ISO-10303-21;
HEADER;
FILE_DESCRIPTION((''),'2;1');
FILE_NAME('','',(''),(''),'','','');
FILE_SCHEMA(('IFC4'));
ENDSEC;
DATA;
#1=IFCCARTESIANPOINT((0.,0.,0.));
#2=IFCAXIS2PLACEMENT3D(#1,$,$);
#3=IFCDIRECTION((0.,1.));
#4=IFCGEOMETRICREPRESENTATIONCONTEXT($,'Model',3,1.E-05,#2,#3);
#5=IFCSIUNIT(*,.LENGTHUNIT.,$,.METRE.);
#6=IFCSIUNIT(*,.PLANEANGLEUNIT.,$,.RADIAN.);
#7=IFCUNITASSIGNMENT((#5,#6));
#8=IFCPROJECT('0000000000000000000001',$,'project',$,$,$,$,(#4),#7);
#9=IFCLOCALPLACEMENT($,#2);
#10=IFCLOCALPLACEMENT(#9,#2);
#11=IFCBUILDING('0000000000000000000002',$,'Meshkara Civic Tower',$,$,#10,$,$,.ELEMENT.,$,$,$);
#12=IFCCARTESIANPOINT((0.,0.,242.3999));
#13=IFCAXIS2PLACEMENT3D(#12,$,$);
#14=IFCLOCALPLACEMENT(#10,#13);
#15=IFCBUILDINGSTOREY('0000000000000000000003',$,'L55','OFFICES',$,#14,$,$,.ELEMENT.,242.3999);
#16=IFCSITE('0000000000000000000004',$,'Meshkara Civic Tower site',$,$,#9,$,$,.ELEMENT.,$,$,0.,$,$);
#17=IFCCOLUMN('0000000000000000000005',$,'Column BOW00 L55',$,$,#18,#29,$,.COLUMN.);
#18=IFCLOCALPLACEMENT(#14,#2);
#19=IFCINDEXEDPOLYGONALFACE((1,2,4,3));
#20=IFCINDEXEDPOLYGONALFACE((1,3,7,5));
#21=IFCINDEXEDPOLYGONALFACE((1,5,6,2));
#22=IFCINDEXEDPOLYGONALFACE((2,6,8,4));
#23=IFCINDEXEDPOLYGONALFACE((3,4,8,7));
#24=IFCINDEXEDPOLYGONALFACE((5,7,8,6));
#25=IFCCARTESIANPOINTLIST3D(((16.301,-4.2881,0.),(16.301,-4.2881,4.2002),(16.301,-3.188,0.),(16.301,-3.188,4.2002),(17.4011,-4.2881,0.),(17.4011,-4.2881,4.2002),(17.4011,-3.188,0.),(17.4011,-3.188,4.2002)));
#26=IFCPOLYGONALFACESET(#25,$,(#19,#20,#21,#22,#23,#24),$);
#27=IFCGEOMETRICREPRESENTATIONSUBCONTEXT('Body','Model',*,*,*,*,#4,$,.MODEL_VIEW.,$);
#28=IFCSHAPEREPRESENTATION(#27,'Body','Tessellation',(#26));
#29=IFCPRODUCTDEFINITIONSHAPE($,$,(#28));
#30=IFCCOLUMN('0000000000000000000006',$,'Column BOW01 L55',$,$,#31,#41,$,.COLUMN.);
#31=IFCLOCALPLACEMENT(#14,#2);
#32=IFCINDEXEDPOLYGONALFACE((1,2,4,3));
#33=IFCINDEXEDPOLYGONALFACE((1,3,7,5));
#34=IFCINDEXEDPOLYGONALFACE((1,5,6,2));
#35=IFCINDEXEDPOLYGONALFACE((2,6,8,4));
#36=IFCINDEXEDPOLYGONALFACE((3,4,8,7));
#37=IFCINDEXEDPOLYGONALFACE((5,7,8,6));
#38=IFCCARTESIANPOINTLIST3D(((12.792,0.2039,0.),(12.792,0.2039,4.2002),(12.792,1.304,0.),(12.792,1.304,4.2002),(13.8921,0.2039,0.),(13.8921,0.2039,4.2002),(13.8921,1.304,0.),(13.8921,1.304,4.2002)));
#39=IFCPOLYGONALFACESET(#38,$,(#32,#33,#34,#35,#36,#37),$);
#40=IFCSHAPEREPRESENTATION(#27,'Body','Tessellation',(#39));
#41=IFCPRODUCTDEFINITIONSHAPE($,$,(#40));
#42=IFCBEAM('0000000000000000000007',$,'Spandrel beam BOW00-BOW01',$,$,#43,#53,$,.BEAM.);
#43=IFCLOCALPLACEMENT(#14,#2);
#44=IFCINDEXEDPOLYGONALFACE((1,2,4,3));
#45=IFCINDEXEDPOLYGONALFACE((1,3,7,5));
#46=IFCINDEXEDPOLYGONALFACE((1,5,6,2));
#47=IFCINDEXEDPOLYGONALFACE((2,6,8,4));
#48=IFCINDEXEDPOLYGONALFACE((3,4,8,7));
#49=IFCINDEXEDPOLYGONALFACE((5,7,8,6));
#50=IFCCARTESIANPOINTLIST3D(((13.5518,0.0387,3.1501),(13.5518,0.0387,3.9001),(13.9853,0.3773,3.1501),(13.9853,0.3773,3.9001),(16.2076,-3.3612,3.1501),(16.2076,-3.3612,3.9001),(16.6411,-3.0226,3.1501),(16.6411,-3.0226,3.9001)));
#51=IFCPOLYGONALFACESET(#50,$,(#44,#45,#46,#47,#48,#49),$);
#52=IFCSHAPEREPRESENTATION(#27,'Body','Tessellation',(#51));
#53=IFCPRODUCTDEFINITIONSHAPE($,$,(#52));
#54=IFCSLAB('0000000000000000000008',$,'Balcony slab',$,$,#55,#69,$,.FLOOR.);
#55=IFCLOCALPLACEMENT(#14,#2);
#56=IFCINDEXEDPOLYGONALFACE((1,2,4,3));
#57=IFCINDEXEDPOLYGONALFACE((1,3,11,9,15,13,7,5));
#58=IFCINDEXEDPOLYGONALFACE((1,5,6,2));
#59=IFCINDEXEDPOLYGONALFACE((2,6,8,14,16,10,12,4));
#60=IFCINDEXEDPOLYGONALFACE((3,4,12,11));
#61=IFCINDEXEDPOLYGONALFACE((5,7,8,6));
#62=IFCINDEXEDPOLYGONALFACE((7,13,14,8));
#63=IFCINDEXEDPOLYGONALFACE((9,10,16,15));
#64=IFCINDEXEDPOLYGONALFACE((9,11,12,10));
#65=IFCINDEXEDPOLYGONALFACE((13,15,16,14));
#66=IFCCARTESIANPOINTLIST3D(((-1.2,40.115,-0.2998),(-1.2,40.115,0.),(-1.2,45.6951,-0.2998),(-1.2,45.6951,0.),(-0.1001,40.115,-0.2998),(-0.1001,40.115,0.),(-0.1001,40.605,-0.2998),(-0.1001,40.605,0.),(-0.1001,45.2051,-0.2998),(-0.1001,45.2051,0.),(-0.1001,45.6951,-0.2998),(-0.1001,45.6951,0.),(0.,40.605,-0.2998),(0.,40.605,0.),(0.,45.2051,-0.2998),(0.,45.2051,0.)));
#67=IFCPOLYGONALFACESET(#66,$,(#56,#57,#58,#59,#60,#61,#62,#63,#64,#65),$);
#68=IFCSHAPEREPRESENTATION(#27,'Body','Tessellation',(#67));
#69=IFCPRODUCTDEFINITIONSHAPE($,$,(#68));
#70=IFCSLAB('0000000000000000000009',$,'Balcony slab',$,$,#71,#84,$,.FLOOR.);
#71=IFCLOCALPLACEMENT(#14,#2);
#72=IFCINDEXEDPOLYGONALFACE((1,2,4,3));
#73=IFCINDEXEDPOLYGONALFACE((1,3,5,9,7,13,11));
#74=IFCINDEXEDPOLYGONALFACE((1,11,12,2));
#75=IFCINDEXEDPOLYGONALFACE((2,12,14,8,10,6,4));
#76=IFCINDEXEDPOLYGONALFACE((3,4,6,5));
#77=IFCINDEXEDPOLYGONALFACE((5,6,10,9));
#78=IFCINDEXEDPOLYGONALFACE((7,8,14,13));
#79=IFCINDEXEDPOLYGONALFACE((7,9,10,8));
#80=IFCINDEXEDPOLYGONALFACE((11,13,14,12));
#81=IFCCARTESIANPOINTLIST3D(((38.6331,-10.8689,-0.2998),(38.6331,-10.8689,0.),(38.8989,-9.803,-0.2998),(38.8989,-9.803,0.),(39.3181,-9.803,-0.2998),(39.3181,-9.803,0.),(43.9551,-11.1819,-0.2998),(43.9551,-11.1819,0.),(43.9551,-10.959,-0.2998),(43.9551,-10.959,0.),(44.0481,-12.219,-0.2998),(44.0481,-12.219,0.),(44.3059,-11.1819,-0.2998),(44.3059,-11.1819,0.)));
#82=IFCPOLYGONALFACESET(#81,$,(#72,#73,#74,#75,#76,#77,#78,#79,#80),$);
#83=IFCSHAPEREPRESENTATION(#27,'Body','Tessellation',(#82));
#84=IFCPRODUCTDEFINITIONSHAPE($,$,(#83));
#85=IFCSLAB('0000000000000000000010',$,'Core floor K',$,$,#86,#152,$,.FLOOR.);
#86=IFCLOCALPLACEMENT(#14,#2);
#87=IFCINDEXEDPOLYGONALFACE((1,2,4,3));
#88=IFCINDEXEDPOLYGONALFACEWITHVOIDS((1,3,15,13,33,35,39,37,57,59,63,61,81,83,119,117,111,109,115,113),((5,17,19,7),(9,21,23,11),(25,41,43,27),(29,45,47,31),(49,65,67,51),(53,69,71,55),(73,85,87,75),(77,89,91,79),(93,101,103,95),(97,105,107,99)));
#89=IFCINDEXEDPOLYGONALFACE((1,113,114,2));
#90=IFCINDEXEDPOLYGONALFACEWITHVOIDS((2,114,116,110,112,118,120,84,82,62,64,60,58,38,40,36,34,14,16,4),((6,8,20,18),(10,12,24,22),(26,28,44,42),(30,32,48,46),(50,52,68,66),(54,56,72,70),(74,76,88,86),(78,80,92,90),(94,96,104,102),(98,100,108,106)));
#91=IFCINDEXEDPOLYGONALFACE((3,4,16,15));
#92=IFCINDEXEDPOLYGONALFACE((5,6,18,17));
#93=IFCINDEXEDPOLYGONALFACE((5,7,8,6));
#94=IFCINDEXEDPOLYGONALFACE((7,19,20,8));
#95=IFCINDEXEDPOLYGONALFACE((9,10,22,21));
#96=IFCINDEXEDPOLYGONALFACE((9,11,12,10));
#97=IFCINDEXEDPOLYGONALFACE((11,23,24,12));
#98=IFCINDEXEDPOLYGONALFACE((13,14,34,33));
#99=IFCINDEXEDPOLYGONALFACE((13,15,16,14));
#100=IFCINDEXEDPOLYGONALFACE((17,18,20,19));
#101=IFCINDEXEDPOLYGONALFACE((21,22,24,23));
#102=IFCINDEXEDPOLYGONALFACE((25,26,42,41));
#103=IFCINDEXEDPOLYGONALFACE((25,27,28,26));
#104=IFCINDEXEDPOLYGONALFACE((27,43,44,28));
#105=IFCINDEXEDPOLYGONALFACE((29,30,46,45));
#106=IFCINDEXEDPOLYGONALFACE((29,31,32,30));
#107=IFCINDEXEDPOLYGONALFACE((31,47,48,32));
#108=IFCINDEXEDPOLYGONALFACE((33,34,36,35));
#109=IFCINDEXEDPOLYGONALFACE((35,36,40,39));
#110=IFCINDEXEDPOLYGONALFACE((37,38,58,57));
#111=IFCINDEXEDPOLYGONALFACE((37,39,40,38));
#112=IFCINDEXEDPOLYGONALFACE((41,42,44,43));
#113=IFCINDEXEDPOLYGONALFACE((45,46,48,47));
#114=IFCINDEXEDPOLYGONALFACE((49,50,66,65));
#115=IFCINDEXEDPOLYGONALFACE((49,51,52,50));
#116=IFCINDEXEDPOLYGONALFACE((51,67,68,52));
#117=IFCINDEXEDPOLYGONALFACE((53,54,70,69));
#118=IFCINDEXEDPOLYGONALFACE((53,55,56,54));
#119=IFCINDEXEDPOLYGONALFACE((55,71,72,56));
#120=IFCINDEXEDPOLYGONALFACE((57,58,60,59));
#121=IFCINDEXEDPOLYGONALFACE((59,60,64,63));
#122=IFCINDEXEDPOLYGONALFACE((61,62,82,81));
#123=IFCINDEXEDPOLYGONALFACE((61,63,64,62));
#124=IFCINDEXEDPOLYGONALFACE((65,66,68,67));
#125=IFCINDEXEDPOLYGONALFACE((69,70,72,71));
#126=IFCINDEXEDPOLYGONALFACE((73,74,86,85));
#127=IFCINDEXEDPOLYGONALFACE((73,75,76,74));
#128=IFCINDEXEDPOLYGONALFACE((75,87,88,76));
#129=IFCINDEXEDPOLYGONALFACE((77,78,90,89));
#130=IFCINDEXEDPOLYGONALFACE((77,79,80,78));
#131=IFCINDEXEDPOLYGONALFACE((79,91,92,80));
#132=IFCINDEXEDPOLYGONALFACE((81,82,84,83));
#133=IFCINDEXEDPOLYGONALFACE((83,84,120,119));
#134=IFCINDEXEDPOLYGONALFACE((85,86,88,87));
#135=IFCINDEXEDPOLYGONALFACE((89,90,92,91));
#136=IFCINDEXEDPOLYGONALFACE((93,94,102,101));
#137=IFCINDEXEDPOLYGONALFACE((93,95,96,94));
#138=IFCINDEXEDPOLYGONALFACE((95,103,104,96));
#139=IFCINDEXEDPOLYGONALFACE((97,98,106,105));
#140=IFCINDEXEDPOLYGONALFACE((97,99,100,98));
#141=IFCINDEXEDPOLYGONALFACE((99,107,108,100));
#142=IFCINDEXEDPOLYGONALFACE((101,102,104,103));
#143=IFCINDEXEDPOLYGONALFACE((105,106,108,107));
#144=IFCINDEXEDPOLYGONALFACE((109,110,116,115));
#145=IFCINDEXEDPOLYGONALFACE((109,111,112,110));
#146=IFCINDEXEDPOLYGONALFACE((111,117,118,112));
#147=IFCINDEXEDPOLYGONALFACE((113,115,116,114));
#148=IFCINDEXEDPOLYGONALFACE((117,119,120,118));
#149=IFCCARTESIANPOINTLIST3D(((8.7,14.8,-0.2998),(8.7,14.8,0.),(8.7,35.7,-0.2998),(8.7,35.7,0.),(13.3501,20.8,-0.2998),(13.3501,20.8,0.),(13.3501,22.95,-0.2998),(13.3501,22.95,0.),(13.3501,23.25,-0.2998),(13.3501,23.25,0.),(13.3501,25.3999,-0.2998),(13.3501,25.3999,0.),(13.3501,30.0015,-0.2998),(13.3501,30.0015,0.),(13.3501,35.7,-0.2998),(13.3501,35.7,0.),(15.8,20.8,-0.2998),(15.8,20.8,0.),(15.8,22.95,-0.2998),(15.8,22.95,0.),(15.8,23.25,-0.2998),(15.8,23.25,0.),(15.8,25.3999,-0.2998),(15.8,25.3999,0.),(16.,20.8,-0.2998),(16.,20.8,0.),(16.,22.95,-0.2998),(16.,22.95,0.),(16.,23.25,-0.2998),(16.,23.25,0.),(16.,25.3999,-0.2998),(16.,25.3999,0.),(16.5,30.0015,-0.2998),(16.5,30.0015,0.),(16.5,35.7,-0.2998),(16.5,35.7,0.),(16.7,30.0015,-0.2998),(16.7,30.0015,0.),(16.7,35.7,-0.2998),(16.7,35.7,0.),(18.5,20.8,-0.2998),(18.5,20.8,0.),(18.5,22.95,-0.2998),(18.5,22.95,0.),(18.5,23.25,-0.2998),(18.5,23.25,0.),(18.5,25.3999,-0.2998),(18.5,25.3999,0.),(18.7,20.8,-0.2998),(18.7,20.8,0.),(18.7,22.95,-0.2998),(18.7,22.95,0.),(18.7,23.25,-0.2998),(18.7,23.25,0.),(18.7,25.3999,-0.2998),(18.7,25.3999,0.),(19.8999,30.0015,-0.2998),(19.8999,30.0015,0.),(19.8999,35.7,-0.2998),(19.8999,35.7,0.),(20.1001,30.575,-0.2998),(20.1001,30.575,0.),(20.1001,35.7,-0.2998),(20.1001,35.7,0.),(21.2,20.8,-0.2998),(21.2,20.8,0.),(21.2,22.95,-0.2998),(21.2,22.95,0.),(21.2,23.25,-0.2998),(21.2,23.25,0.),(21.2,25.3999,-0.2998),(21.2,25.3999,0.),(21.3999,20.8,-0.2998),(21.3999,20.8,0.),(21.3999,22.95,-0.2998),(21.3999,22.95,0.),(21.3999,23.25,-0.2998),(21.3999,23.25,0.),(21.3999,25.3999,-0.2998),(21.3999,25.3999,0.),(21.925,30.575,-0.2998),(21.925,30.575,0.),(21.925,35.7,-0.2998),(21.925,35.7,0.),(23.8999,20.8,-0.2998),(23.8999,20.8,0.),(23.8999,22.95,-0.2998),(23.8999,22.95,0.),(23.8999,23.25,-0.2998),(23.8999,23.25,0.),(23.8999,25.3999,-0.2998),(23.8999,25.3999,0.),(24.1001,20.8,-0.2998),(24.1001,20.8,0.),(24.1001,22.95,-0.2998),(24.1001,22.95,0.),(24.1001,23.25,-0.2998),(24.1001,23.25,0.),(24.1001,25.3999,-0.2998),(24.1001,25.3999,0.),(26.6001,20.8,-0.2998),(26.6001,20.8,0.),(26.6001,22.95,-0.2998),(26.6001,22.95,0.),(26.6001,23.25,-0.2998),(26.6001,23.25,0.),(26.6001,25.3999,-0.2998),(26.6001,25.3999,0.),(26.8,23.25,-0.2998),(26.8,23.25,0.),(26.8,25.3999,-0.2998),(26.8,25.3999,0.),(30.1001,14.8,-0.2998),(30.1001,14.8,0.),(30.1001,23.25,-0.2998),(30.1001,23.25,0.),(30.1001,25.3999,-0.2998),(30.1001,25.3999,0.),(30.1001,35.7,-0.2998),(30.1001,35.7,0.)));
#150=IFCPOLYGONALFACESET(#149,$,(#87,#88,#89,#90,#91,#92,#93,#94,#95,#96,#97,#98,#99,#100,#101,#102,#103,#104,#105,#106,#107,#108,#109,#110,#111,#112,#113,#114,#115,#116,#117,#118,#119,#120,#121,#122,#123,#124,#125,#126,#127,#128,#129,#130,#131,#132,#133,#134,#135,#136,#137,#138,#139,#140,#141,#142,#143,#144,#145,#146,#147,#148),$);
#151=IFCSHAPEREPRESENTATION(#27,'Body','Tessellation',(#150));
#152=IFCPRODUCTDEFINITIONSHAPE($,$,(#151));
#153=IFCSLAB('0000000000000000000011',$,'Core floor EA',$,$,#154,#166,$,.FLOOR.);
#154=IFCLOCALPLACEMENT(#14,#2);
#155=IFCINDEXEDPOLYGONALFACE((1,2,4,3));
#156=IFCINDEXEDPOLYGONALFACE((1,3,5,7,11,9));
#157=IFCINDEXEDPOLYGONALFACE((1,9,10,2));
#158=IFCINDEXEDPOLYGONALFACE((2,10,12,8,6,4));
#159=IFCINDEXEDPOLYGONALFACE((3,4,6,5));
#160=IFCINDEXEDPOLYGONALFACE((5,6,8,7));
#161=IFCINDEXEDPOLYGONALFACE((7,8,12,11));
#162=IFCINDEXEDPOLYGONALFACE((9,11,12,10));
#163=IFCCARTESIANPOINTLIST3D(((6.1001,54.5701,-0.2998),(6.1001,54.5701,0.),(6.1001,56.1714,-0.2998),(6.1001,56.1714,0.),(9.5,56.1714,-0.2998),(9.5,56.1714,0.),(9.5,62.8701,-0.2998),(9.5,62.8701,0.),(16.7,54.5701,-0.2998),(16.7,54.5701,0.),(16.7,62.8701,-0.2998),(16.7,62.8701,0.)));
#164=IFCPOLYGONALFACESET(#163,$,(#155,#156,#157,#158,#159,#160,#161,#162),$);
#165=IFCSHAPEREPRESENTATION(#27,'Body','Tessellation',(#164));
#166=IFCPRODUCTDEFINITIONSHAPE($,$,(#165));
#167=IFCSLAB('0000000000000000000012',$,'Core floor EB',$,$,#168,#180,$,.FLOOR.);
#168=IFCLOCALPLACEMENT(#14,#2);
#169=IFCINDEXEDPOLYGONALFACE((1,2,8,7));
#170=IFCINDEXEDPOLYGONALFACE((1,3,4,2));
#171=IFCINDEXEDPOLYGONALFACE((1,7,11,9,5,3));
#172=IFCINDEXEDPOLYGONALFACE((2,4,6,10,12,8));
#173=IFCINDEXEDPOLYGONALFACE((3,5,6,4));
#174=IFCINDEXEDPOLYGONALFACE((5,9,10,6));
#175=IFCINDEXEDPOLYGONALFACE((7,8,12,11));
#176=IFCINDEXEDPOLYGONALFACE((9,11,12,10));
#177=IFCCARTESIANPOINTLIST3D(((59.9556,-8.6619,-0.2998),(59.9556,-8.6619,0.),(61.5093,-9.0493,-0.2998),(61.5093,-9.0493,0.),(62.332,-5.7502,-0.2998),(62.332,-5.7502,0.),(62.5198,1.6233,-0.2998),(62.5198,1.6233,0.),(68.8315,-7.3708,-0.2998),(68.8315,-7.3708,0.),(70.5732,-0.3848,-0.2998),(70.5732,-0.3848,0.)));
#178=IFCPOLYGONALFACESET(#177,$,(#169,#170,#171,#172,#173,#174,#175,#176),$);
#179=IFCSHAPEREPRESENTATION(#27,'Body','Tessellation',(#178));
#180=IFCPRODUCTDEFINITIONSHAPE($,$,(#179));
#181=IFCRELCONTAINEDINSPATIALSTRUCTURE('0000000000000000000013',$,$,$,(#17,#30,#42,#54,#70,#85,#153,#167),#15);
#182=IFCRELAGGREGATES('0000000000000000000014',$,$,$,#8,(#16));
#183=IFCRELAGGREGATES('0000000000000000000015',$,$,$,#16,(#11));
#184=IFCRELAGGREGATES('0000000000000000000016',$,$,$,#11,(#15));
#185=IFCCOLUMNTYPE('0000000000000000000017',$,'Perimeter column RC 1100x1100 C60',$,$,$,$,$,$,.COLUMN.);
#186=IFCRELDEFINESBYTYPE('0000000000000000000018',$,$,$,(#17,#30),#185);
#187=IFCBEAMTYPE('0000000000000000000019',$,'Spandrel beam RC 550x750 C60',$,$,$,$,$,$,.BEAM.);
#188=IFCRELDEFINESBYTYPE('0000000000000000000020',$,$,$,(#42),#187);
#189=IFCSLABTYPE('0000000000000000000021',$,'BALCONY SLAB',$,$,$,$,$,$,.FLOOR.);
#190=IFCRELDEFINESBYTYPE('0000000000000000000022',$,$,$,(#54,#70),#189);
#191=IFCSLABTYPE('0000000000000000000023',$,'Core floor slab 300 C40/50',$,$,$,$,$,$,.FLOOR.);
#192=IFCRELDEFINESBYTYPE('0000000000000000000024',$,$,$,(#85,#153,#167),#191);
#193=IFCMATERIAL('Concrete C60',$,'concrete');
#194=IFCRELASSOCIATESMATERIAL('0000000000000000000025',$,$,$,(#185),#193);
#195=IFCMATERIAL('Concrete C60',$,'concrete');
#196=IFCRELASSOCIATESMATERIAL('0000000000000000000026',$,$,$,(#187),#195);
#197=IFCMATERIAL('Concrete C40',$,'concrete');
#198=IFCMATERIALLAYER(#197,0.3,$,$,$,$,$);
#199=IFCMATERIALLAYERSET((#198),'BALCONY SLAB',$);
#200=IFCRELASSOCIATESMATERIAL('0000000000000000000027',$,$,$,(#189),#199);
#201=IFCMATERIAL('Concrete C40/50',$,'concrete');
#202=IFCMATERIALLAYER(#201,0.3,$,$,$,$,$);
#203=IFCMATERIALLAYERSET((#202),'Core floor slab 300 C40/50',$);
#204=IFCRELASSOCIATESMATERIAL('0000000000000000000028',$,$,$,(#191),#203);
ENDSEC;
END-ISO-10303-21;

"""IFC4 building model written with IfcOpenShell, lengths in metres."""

from ifc_helpers import new_model, si_unit, direction, frame, origin, origin_2d, place, context, subcontext, project, spatial, polyline, rectangle, outline, extrude, material, layer, layer_set, material_profile, profile_set, type_object, element, save


model = new_model("IFC4")

# Units and contexts
model_context = context("Model", 3, precision=1e-05, world=origin(), true_north=direction((0.0, 1.0)))
body_context = subcontext(model_context, "Body", "Model", "MODEL_VIEW")
ifc_project = project(units=[si_unit("LENGTHUNIT", "METRE"), si_unit("PLANEANGLEUNIT", "RADIAN")], contexts=[model_context])

# Site, building, storey
site_placement = place(None, origin())
site = spatial("IfcSite", under=ifc_project, at=site_placement, Name="Meshkara Civic Tower site", CompositionType="ELEMENT", RefElevation=0.0)
building_placement = place(site_placement, origin())
building = spatial("IfcBuilding", under=site, at=building_placement, Name="Meshkara Civic Tower", CompositionType="ELEMENT")
storey_placement = place(building_placement, frame((0.0, 0.0, 242.3999)))
storey = spatial("IfcBuildingStorey", under=building, at=storey_placement, Name="L55", Description="OFFICES", CompositionType="ELEMENT", Elevation=242.3999)

# Columns
ifc_material_1 = material(Name="Concrete C60", Category="concrete")
ifc_material_profile_1 = material_profile(ifc_material_1, rectangle(XDim=1.1001, YDim=1.1001, at=origin_2d()))
ifc_profile_set_1 = profile_set([ifc_material_profile_1], Name="Concrete C60")
column_type = type_object("IfcColumnType", Name="Perimeter column RC 1100x1100 C60", PredefinedType="COLUMN", material=ifc_profile_set_1)
for number, where, z_axis, x_axis, name in (
    (1, (16.8511, -3.738, 0.0), (0.0, 0.0, 1.0), (1.0, 0.0, 0.0), "Column BOW00 L55"),
    (2, (13.342, 0.7539, 0.0), (0.0, 0.0, 1.0), (1.0, 0.0, 0.0), "Column BOW01 L55"),
):
    element("IfcColumn", number, at=place(storey_placement, frame(where, z_axis=z_axis, x_axis=x_axis)), inside=storey, type_object=column_type, Name=name, PredefinedType="COLUMN", context=body_context, shape_type="SweptSolid", body=[
        extrude(rectangle(XDim=1.1001, YDim=1.1001, at=origin_2d()), origin(), (0.0, 0.0, 1.0), 4.2002),
    ])

# Beam
ifc_material_2 = material(Name="Concrete C60", Category="concrete")
ifc_material_profile_2 = material_profile(ifc_material_2, rectangle(XDim=0.55, YDim=0.75, at=origin_2d()))
ifc_profile_set_2 = profile_set([ifc_material_profile_2], Name="Concrete C60")
beam_type = type_object("IfcBeamType", Name="Spandrel beam RC 550x750 C60", PredefinedType="BEAM", material=ifc_profile_set_2)
beam_placement = place(storey_placement, frame((13.7686, 0.208, 3.5251), z_axis=(0.615585, -0.788071, 0.0), x_axis=(0.788071, 0.615585, 0.0)))
element("IfcBeam", 3, at=beam_placement, inside=storey, type_object=beam_type, Name="Spandrel beam BOW00-BOW01", PredefinedType="BEAM", context=body_context, shape_type="SweptSolid", body=[
    extrude(rectangle(XDim=0.55, YDim=0.75, at=origin_2d()), origin(), (0.0, 0.0, 1.0), 4.3142),
])

# Slabs
ifc_material_3 = material(Name="Concrete C40", Category="concrete")
ifc_layer_1 = layer(ifc_material_3, 0.3)
ifc_layer_set_1 = layer_set([ifc_layer_1], Name="BALCONY SLAB")
slab_type_1 = type_object("IfcSlabType", Name="BALCONY SLAB", PredefinedType="FLOOR", material=ifc_layer_set_1)
slab_1_placement = place(storey_placement, frame((0.0, 0.0, -0.2998)))
element("IfcSlab", 4, at=slab_1_placement, inside=storey, type_object=slab_type_1, Name="Balcony slab", PredefinedType="FLOOR", context=body_context, shape_type="SweptSolid", body=[
    extrude(outline(polyline([(-1.2, 40.115), (-1.2, 45.6951), (-0.1001, 45.6951), (-0.1001, 45.2051), (0.0, 45.2051), (0.0, 40.605), (-0.1001, 40.605), (-0.1001, 40.115), (-1.2, 40.115)])), origin(), (0.0, 0.0, 1.0), 0.2998),
])
slab_2_placement = place(storey_placement, frame((0.0, 0.0, -0.2998)))
element("IfcSlab", 5, at=slab_2_placement, inside=storey, type_object=slab_type_1, Name="Balcony slab", PredefinedType="FLOOR", context=body_context, shape_type="SweptSolid", body=[
    extrude(outline(polyline([(44.0481, -12.219), (38.6331, -10.8689), (38.8989, -9.803), (39.3181, -9.803), (43.9551, -10.959), (43.9551, -11.1819), (44.3059, -11.1819), (44.0481, -12.219)])), origin(), (0.0, 0.0, 1.0), 0.2998),
])
ifc_material_4 = material(Name="Concrete C40/50", Category="concrete")
ifc_layer_2 = layer(ifc_material_4, 0.3)
ifc_layer_set_2 = layer_set([ifc_layer_2], Name="Core floor slab 300 C40/50")
slab_type_2 = type_object("IfcSlabType", Name="Core floor slab 300 C40/50", PredefinedType="FLOOR", material=ifc_layer_set_2)
slab_3_placement = place(storey_placement, frame((0.0, 0.0, -0.2998)))
element("IfcSlab", 6, at=slab_3_placement, inside=storey, type_object=slab_type_2, Name="Core floor K", PredefinedType="FLOOR", context=body_context, shape_type="SweptSolid", body=[
    extrude(outline(polyline([(8.7, 35.7), (13.3501, 35.7), (13.3501, 30.0015), (16.5, 30.0015), (16.5, 35.7), (16.7, 35.7), (16.7, 30.0015), (19.8999, 30.0015), (19.8999, 35.7), (20.1001, 35.7), (20.1001, 30.575), (21.925, 30.575), (21.925, 35.7), (30.1001, 35.7), (30.1001, 25.3999), (26.8, 25.3999), (26.8, 23.25), (30.1001, 23.25), (30.1001, 14.8), (8.7, 14.8), (8.7, 35.7)]), holes=[polyline([(15.8, 22.95), (13.3501, 22.95), (13.3501, 20.8), (15.8, 20.8), (15.8, 22.95)]), polyline([(16.0, 22.95), (16.0, 20.8), (18.5, 20.8), (18.5, 22.95), (16.0, 22.95)]), polyline([(18.7, 22.95), (18.7, 20.8), (21.2, 20.8), (21.2, 22.95), (18.7, 22.95)]), polyline([(15.8, 23.25), (15.8, 25.3999), (13.3501, 25.3999), (13.3501, 23.25), (15.8, 23.25)]), polyline([(16.0, 25.3999), (16.0, 23.25), (18.5, 23.25), (18.5, 25.3999), (16.0, 25.3999)]), polyline([(23.8999, 20.8), (23.8999, 22.95), (21.3999, 22.95), (21.3999, 20.8), (23.8999, 20.8)]), polyline([(24.1001, 20.8), (26.6001, 20.8), (26.6001, 22.95), (24.1001, 22.95), (24.1001, 20.8)]), polyline([(18.7, 25.3999), (18.7, 23.25), (21.2, 23.25), (21.2, 25.3999), (18.7, 25.3999)]), polyline([(21.3999, 23.25), (23.8999, 23.25), (23.8999, 25.3999), (21.3999, 25.3999), (21.3999, 23.25)]), polyline([(24.1001, 23.25), (26.6001, 23.25), (26.6001, 25.3999), (24.1001, 25.3999), (24.1001, 23.25)])]), origin(), (0.0, 0.0, 1.0), 0.2998),
])
slab_4_placement = place(storey_placement, frame((0.0, 0.0, -0.2998)))
element("IfcSlab", 7, at=slab_4_placement, inside=storey, type_object=slab_type_2, Name="Core floor EA", PredefinedType="FLOOR", context=body_context, shape_type="SweptSolid", body=[
    extrude(outline(polyline([(16.7, 54.5701), (16.7, 62.8701), (9.5, 62.8701), (9.5, 56.1714), (6.1001, 56.1714), (6.1001, 54.5701), (16.7, 54.5701)])), origin(), (0.0, 0.0, 1.0), 0.2998),
])
slab_5_placement = place(storey_placement, frame((0.0, 0.0, -0.2998)))
element("IfcSlab", 8, at=slab_5_placement, inside=storey, type_object=slab_type_2, Name="Core floor EB", PredefinedType="FLOOR", context=body_context, shape_type="SweptSolid", body=[
    extrude(outline(polyline([(62.5198, 1.6233), (70.5732, -0.3848), (68.8315, -7.3708), (62.332, -5.7502), (61.5093, -9.0493), (59.9556, -8.6619), (62.5198, 1.6233)])), origin(), (0.0, 0.0, 1.0), 0.2998),
])

save(model, "model.ifc")
